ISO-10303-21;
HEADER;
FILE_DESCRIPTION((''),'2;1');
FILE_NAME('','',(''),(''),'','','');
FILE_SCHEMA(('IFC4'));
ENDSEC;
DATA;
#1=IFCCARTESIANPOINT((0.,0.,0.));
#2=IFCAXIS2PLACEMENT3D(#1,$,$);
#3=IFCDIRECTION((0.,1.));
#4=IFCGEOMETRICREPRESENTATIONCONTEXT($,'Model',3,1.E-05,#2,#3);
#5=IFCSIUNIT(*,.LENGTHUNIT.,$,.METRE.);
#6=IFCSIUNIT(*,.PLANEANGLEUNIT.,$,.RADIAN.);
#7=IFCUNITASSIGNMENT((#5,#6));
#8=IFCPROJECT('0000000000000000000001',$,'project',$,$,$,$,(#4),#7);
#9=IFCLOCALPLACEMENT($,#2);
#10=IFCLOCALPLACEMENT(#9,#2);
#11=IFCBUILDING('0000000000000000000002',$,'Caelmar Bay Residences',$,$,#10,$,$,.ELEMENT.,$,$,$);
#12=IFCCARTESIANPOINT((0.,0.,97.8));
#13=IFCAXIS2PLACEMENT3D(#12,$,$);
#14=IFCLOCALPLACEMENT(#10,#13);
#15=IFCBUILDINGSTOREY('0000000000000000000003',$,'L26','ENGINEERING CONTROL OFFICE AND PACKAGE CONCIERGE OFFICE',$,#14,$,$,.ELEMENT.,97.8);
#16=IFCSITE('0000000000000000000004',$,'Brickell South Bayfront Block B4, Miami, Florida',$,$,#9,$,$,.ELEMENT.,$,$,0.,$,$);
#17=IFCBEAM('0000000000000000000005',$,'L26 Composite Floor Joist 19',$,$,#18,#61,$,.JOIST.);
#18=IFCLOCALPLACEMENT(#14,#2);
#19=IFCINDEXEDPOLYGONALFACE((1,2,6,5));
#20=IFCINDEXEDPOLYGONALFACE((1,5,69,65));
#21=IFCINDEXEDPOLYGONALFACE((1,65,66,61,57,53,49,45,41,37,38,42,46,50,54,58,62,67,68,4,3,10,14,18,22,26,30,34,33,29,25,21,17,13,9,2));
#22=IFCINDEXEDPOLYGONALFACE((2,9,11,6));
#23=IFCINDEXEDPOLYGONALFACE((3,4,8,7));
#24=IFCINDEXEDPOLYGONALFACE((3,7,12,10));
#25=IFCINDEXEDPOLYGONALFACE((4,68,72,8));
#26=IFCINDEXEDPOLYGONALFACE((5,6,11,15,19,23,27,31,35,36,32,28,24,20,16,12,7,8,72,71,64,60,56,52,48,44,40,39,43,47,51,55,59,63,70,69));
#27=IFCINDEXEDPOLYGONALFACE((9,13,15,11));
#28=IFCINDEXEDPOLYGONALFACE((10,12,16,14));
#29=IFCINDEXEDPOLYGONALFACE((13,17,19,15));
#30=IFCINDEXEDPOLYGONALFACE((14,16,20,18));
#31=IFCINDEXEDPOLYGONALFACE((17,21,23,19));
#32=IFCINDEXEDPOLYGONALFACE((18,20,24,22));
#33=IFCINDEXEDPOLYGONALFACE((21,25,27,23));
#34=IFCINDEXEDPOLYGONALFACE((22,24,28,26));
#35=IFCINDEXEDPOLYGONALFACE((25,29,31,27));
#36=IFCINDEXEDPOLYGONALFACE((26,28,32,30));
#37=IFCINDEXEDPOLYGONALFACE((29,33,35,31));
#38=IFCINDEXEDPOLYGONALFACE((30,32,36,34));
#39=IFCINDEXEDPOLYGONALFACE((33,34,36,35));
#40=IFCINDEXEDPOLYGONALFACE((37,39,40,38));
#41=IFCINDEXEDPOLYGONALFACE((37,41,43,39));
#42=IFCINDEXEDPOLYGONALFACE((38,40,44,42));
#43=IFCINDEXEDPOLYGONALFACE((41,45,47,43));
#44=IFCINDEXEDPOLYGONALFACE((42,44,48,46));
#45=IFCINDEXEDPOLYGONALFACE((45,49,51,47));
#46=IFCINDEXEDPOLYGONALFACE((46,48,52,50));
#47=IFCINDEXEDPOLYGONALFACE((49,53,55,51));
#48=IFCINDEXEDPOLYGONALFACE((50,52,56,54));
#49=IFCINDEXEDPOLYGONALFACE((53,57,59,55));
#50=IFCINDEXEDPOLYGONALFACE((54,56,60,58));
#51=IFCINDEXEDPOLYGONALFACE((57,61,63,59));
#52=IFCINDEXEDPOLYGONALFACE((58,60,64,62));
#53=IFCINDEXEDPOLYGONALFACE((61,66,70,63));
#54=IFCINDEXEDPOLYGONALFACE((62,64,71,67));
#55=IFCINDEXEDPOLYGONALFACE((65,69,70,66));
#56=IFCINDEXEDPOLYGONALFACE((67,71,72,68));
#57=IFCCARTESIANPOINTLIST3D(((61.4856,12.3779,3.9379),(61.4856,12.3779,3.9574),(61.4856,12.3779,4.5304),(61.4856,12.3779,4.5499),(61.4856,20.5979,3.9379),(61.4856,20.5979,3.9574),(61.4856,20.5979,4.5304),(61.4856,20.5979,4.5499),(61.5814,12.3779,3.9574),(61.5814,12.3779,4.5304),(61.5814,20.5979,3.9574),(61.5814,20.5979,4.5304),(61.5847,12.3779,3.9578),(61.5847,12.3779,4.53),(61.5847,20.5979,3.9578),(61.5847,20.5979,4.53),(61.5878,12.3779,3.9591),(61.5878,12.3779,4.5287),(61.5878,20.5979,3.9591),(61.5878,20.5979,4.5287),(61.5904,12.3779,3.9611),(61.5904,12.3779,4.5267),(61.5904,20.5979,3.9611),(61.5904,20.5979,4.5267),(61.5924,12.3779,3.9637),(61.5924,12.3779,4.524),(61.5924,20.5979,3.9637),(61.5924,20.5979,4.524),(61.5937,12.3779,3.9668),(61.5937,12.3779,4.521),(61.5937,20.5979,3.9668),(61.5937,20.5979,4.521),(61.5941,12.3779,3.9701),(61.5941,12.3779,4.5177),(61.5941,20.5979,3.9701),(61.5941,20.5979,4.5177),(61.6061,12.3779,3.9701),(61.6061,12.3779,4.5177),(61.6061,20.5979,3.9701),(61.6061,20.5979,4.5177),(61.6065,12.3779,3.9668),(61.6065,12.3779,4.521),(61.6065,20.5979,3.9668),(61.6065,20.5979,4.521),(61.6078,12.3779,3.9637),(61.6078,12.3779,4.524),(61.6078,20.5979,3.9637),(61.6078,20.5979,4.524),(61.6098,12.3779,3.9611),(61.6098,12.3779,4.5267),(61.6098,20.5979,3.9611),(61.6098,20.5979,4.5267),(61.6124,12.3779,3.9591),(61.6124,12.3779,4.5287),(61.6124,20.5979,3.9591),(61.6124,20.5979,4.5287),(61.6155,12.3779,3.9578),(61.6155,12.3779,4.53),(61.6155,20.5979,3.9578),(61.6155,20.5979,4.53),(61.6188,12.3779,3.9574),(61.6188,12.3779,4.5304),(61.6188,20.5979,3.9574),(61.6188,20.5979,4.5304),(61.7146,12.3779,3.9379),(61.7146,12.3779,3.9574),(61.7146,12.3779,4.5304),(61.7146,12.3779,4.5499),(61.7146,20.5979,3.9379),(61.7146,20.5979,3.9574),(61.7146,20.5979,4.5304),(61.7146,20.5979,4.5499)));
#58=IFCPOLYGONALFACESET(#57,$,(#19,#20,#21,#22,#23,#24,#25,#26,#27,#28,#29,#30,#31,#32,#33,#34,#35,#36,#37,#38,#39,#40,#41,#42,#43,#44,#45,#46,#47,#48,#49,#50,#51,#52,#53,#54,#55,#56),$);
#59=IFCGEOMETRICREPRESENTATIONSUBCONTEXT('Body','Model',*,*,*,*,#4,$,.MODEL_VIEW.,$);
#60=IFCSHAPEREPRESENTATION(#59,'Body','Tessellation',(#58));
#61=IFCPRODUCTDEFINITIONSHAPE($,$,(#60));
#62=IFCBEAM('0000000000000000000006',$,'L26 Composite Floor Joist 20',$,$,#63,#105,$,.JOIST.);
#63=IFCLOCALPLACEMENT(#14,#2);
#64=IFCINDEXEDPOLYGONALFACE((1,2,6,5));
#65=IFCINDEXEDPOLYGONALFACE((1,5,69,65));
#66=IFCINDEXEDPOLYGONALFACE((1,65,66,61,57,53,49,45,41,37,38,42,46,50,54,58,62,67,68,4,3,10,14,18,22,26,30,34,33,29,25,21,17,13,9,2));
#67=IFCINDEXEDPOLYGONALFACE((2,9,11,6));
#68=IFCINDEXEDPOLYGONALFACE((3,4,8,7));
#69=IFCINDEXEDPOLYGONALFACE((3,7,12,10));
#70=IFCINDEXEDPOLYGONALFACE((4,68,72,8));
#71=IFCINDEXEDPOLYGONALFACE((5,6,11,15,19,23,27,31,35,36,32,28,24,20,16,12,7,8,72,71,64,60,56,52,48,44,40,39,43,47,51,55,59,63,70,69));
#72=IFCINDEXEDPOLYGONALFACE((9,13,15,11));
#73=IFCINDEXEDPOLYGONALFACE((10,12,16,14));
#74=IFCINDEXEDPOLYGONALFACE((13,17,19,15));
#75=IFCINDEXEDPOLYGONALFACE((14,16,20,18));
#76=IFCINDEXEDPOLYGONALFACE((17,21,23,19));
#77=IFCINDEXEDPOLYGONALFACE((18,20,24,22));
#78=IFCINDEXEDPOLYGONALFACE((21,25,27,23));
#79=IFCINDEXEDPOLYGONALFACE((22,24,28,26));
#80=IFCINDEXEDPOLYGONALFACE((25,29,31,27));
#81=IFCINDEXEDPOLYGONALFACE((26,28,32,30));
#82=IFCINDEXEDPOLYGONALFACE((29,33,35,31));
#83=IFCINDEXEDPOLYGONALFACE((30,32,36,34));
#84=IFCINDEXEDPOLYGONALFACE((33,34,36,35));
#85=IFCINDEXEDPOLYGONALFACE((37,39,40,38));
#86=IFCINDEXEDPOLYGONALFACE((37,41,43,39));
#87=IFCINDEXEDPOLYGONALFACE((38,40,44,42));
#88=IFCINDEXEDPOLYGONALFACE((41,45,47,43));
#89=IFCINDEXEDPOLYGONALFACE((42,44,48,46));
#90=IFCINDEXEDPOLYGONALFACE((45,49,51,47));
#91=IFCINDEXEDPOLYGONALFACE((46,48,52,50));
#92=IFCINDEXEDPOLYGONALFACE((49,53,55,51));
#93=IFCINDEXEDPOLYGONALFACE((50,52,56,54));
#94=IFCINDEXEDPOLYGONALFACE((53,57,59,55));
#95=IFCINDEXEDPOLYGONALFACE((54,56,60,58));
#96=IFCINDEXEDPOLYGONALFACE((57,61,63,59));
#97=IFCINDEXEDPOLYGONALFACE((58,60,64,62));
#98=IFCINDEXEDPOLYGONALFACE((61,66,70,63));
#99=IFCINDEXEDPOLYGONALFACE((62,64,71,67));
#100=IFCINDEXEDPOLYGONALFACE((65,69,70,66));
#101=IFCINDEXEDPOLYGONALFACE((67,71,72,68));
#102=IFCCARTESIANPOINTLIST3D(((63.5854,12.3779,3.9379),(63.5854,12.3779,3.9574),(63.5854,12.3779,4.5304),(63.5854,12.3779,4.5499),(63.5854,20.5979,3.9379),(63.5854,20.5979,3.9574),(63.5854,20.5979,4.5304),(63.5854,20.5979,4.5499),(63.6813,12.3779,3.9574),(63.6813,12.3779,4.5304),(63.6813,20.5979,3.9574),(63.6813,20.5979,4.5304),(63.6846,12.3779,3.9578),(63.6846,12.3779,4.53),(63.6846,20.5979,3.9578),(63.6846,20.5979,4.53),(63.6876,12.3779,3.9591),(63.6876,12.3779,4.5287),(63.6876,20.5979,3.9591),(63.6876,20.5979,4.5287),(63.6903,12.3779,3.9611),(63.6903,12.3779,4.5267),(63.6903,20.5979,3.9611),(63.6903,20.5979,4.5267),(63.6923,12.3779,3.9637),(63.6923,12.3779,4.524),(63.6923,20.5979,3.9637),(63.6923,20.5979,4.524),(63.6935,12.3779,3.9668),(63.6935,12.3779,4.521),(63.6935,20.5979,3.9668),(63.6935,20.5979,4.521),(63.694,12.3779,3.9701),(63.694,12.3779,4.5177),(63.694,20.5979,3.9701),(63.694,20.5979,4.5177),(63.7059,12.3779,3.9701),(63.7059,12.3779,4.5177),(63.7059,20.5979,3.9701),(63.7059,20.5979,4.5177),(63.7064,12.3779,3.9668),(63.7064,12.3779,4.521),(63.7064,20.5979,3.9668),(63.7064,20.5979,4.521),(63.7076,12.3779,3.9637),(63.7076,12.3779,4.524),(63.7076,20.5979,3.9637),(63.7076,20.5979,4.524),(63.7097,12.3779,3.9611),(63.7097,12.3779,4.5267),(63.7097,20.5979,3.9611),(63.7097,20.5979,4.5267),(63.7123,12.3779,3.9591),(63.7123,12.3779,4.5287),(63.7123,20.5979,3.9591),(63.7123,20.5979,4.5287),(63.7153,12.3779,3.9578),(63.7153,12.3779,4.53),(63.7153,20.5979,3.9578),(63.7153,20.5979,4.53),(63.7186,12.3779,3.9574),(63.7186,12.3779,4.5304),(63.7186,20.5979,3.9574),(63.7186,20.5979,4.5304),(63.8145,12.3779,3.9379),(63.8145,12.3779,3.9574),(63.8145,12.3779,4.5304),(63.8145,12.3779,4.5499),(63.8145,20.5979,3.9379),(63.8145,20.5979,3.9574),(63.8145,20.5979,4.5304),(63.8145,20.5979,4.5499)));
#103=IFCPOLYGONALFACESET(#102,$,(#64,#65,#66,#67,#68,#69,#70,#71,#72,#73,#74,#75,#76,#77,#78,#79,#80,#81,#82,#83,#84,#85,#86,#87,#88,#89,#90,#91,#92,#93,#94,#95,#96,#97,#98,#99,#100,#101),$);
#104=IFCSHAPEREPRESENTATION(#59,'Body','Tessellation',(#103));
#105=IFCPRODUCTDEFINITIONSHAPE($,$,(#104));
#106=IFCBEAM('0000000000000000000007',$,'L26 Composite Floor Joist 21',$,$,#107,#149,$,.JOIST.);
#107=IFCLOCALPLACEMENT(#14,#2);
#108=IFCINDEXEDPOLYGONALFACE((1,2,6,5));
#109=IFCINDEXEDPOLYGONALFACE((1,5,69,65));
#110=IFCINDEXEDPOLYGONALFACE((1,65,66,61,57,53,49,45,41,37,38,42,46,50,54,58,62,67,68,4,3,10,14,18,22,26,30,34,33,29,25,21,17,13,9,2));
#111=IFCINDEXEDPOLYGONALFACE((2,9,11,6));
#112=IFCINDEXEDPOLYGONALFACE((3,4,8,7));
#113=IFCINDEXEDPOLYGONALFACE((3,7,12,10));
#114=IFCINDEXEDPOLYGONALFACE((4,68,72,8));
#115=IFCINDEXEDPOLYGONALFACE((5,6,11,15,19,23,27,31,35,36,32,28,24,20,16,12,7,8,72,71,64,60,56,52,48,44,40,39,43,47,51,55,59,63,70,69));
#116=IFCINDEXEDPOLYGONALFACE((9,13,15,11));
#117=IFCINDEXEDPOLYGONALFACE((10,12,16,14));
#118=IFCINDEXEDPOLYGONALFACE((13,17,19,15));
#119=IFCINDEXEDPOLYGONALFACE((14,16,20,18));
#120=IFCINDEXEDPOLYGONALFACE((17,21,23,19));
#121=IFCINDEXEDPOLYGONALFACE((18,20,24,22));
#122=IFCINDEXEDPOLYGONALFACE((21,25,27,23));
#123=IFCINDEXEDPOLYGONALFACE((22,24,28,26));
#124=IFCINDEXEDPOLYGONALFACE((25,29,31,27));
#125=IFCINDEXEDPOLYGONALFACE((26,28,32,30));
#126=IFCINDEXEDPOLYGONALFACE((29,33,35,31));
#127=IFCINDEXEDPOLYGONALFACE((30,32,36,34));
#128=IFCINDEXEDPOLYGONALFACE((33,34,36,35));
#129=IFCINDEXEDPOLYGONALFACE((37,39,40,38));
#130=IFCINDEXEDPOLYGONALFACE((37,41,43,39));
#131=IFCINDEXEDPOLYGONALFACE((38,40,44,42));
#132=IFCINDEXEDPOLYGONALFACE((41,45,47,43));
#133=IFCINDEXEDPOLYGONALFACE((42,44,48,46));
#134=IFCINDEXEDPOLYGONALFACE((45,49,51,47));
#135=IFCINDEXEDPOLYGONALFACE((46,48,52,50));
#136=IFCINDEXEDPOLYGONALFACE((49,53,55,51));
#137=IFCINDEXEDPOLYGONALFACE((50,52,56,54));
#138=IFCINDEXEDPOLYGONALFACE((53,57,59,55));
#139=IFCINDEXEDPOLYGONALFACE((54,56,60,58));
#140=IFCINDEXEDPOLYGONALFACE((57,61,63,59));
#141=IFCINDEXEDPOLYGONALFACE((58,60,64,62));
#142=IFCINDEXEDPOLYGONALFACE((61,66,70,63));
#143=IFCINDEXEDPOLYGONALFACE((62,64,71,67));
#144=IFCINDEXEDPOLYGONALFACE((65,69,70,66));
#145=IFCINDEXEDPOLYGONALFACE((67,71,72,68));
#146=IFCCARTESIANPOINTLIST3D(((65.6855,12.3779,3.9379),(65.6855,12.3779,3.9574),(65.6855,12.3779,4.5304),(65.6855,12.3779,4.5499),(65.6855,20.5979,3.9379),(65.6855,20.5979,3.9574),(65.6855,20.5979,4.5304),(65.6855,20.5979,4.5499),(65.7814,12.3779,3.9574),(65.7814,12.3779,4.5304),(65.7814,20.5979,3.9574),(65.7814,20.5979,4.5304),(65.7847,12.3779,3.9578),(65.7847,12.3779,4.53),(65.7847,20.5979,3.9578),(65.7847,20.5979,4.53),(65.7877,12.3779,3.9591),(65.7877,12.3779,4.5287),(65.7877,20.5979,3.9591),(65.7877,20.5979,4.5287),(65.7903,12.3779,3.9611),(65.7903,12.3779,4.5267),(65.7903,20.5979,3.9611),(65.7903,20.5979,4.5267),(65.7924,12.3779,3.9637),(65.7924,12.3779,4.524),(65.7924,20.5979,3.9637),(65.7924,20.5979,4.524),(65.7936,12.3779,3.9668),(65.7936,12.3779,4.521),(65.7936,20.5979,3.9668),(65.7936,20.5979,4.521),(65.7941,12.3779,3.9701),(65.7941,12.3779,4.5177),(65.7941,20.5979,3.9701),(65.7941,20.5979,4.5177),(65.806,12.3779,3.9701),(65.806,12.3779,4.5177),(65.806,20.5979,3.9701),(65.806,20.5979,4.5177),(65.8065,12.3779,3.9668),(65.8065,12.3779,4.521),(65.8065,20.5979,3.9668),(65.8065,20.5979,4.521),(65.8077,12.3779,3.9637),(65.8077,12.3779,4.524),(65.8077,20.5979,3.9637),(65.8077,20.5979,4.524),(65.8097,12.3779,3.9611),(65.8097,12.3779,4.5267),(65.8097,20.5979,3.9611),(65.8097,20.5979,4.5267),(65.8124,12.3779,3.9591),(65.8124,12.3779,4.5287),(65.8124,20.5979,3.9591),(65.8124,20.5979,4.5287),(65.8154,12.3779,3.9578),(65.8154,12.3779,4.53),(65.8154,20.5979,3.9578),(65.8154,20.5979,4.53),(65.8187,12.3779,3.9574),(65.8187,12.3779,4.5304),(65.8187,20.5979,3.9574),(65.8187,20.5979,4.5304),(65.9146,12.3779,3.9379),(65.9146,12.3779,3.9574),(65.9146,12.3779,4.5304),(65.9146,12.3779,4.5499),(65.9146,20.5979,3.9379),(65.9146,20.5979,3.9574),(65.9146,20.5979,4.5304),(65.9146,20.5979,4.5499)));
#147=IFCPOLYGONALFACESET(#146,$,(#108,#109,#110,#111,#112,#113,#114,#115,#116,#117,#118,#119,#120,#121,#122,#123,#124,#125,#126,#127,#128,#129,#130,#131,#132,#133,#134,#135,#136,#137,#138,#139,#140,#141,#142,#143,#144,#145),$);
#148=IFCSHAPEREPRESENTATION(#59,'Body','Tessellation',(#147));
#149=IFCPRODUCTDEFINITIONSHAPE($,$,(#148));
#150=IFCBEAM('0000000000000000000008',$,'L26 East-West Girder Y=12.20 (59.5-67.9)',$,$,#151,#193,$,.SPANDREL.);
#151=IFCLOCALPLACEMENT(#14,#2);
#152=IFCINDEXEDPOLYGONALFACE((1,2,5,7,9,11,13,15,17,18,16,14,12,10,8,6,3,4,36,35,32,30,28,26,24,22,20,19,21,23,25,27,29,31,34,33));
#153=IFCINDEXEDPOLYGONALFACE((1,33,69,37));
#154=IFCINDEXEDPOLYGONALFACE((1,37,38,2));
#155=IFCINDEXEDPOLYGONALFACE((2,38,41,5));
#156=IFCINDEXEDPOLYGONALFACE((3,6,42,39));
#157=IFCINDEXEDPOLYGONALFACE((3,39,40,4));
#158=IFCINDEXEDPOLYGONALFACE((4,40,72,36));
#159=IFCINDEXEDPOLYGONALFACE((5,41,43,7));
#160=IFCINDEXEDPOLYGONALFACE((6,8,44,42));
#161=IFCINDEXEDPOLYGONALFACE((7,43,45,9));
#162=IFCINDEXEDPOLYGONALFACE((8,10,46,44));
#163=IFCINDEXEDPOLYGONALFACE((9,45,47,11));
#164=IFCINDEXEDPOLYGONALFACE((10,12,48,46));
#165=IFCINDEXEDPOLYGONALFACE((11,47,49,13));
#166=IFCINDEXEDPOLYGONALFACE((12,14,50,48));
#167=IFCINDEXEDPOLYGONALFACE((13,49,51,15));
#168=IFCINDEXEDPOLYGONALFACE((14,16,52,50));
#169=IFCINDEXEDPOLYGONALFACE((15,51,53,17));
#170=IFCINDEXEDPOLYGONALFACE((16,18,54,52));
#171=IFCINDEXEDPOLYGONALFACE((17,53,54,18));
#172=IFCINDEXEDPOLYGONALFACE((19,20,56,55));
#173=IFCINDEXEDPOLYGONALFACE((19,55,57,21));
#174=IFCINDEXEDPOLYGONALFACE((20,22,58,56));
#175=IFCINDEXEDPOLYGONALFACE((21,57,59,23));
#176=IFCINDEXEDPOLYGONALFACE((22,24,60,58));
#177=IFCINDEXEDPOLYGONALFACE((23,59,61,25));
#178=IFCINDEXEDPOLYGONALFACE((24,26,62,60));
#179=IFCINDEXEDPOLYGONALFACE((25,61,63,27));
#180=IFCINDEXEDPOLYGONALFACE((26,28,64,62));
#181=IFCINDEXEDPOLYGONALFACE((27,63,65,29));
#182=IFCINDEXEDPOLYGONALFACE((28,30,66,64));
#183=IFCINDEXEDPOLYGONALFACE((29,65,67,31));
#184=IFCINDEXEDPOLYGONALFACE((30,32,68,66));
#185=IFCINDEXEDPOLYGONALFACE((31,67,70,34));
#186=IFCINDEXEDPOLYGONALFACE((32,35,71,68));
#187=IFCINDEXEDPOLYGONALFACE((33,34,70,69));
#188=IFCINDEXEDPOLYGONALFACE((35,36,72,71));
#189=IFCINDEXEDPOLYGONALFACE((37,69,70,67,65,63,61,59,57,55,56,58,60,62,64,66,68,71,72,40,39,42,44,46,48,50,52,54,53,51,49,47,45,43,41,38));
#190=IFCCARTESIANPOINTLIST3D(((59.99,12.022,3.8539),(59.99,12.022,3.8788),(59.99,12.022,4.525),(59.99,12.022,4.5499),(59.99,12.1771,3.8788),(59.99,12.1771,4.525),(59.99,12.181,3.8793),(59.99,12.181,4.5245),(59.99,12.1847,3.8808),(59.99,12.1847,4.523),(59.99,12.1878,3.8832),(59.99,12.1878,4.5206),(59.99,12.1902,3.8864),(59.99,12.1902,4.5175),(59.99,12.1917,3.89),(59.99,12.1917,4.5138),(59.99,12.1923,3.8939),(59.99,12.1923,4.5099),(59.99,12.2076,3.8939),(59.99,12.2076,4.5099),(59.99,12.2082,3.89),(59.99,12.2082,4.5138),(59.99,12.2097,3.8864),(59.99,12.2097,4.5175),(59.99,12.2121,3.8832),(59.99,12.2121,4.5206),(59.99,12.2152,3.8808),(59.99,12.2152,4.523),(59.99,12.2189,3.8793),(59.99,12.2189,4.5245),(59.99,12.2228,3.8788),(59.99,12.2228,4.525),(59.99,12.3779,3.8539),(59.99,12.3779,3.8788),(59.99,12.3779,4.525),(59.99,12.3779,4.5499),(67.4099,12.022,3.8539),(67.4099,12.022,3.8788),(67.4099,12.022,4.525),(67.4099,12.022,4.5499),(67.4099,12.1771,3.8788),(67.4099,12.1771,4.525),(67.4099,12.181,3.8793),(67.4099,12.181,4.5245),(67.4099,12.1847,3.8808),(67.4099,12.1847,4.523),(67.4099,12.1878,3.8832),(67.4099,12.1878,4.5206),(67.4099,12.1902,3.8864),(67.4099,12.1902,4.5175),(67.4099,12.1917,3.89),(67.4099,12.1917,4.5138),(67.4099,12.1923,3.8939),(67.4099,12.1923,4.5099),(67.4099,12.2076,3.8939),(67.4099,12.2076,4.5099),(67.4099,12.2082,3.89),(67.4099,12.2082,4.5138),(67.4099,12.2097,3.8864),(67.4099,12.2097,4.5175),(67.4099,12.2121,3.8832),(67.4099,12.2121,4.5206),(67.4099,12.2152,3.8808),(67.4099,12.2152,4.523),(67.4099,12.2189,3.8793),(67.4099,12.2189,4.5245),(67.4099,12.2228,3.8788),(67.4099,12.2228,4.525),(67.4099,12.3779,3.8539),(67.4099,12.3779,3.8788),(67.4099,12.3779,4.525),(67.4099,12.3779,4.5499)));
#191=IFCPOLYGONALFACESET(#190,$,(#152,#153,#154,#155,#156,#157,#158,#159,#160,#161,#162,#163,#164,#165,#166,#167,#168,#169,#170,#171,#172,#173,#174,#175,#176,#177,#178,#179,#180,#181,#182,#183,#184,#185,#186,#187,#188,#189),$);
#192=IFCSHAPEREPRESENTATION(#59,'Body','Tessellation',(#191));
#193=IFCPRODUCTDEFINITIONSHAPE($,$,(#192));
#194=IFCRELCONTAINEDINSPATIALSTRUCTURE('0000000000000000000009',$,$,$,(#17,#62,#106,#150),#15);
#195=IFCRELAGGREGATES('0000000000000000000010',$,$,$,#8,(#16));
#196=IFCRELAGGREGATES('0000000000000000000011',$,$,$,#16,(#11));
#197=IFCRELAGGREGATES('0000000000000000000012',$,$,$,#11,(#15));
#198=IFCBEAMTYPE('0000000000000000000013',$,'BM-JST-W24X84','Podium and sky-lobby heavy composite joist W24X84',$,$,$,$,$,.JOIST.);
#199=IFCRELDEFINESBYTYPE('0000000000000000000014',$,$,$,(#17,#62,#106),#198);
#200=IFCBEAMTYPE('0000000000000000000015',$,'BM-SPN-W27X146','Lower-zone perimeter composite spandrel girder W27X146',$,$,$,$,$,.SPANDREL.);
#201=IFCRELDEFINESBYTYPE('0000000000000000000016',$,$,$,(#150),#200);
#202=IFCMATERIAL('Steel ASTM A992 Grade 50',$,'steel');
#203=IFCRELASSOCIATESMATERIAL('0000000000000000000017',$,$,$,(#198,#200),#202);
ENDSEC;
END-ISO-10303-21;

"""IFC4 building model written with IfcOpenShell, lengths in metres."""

from ifc_helpers import new_model, si_unit, direction, frame, origin, origin_2d, place, context, subcontext, project, spatial, i_section, extrude, material, material_profile, profile_set, type_object, element, save


model = new_model("IFC4")

# Units and contexts
model_context = context("Model", 3, precision=1e-05, world=origin(), true_north=direction((0.0, 1.0)))
body_context = subcontext(model_context, "Body", "Model", "MODEL_VIEW")
ifc_project = project(units=[si_unit("LENGTHUNIT", "METRE"), si_unit("PLANEANGLEUNIT", "RADIAN")], contexts=[model_context])

# Site, building, storey
site_placement = place(None, origin())
site = spatial("IfcSite", under=ifc_project, at=site_placement, Name="Brickell South Bayfront Block B4, Miami, Florida", CompositionType="ELEMENT", RefElevation=0.0)
building_placement = place(site_placement, origin())
building = spatial("IfcBuilding", under=site, at=building_placement, Name="Caelmar Bay Residences", CompositionType="ELEMENT")
storey_placement = place(building_placement, frame((0.0, 0.0, 97.8)))
storey = spatial("IfcBuildingStorey", under=building, at=storey_placement, Name="L26", Description="ENGINEERING CONTROL OFFICE AND PACKAGE CONCIERGE OFFICE", CompositionType="ELEMENT", Elevation=97.8)

# Beams
ifc_material_1 = material(Name="Steel ASTM A992 Grade 50", Category="steel")
ifc_material_profile_1 = material_profile(ifc_material_1, i_section(OverallWidth=0.229, OverallDepth=0.6121, WebThickness=0.012, FlangeThickness=0.0195, FilletRadius=0.0127, at=origin_2d()), Name="W24X84")
ifc_profile_set_1 = profile_set([ifc_material_profile_1], Name="Steel ASTM A992 Grade 50")
beam_type_1 = type_object("IfcBeamType", Name="BM-JST-W24X84", Description="Podium and sky-lobby heavy composite joist W24X84", PredefinedType="JOIST", material=ifc_profile_set_1)
for number, where, z_axis, x_axis, name in (
    (1, (61.6001, 12.3779, 4.2439), (0.0, 1.0, 0.0), (-1.0, 0.0, 0.0), "L26 Composite Floor Joist 19"),
    (2, (63.7, 12.3779, 4.2439), (0.0, 1.0, 0.0), (-1.0, 0.0, 0.0), "L26 Composite Floor Joist 20"),
    (3, (65.8, 12.3779, 4.2439), (0.0, 1.0, 0.0), (-1.0, 0.0, 0.0), "L26 Composite Floor Joist 21"),
):
    element("IfcBeam", number, at=place(storey_placement, frame(where, z_axis=z_axis, x_axis=x_axis)), inside=storey, type_object=beam_type_1, Name=name, PredefinedType="JOIST", context=body_context, shape_type="SweptSolid", body=[
        extrude(i_section(OverallWidth=0.229, OverallDepth=0.6121, WebThickness=0.012, FlangeThickness=0.0195, FilletRadius=0.0127, at=origin_2d()), origin(), (0.0, 0.0, 1.0), 8.22),
    ])
ifc_material_profile_2 = material_profile(ifc_material_1, i_section(OverallWidth=0.356, OverallDepth=0.696, WebThickness=0.0154, FlangeThickness=0.0249, FilletRadius=0.0151, at=origin_2d()), Name="W27X146")
ifc_profile_set_2 = profile_set([ifc_material_profile_2], Name="Steel ASTM A992 Grade 50")
beam_type_2 = type_object("IfcBeamType", Name="BM-SPN-W27X146", Description="Lower-zone perimeter composite spandrel girder W27X146", PredefinedType="SPANDREL", material=ifc_profile_set_2)
beam_placement = place(storey_placement, frame((59.99, 12.2, 4.2019), z_axis=(1.0, 0.0, 0.0), x_axis=(0.0, 1.0, 0.0)))
element("IfcBeam", 4, at=beam_placement, inside=storey, type_object=beam_type_2, Name="L26 East-West Girder Y=12.20 (59.5-67.9)", PredefinedType="SPANDREL", context=body_context, shape_type="SweptSolid", body=[
    extrude(i_section(OverallWidth=0.356, OverallDepth=0.696, WebThickness=0.0154, FlangeThickness=0.0249, FilletRadius=0.0151, at=origin_2d()), origin(), (0.0, 0.0, 1.0), 7.4199),
])

save(model, "model.ifc")
